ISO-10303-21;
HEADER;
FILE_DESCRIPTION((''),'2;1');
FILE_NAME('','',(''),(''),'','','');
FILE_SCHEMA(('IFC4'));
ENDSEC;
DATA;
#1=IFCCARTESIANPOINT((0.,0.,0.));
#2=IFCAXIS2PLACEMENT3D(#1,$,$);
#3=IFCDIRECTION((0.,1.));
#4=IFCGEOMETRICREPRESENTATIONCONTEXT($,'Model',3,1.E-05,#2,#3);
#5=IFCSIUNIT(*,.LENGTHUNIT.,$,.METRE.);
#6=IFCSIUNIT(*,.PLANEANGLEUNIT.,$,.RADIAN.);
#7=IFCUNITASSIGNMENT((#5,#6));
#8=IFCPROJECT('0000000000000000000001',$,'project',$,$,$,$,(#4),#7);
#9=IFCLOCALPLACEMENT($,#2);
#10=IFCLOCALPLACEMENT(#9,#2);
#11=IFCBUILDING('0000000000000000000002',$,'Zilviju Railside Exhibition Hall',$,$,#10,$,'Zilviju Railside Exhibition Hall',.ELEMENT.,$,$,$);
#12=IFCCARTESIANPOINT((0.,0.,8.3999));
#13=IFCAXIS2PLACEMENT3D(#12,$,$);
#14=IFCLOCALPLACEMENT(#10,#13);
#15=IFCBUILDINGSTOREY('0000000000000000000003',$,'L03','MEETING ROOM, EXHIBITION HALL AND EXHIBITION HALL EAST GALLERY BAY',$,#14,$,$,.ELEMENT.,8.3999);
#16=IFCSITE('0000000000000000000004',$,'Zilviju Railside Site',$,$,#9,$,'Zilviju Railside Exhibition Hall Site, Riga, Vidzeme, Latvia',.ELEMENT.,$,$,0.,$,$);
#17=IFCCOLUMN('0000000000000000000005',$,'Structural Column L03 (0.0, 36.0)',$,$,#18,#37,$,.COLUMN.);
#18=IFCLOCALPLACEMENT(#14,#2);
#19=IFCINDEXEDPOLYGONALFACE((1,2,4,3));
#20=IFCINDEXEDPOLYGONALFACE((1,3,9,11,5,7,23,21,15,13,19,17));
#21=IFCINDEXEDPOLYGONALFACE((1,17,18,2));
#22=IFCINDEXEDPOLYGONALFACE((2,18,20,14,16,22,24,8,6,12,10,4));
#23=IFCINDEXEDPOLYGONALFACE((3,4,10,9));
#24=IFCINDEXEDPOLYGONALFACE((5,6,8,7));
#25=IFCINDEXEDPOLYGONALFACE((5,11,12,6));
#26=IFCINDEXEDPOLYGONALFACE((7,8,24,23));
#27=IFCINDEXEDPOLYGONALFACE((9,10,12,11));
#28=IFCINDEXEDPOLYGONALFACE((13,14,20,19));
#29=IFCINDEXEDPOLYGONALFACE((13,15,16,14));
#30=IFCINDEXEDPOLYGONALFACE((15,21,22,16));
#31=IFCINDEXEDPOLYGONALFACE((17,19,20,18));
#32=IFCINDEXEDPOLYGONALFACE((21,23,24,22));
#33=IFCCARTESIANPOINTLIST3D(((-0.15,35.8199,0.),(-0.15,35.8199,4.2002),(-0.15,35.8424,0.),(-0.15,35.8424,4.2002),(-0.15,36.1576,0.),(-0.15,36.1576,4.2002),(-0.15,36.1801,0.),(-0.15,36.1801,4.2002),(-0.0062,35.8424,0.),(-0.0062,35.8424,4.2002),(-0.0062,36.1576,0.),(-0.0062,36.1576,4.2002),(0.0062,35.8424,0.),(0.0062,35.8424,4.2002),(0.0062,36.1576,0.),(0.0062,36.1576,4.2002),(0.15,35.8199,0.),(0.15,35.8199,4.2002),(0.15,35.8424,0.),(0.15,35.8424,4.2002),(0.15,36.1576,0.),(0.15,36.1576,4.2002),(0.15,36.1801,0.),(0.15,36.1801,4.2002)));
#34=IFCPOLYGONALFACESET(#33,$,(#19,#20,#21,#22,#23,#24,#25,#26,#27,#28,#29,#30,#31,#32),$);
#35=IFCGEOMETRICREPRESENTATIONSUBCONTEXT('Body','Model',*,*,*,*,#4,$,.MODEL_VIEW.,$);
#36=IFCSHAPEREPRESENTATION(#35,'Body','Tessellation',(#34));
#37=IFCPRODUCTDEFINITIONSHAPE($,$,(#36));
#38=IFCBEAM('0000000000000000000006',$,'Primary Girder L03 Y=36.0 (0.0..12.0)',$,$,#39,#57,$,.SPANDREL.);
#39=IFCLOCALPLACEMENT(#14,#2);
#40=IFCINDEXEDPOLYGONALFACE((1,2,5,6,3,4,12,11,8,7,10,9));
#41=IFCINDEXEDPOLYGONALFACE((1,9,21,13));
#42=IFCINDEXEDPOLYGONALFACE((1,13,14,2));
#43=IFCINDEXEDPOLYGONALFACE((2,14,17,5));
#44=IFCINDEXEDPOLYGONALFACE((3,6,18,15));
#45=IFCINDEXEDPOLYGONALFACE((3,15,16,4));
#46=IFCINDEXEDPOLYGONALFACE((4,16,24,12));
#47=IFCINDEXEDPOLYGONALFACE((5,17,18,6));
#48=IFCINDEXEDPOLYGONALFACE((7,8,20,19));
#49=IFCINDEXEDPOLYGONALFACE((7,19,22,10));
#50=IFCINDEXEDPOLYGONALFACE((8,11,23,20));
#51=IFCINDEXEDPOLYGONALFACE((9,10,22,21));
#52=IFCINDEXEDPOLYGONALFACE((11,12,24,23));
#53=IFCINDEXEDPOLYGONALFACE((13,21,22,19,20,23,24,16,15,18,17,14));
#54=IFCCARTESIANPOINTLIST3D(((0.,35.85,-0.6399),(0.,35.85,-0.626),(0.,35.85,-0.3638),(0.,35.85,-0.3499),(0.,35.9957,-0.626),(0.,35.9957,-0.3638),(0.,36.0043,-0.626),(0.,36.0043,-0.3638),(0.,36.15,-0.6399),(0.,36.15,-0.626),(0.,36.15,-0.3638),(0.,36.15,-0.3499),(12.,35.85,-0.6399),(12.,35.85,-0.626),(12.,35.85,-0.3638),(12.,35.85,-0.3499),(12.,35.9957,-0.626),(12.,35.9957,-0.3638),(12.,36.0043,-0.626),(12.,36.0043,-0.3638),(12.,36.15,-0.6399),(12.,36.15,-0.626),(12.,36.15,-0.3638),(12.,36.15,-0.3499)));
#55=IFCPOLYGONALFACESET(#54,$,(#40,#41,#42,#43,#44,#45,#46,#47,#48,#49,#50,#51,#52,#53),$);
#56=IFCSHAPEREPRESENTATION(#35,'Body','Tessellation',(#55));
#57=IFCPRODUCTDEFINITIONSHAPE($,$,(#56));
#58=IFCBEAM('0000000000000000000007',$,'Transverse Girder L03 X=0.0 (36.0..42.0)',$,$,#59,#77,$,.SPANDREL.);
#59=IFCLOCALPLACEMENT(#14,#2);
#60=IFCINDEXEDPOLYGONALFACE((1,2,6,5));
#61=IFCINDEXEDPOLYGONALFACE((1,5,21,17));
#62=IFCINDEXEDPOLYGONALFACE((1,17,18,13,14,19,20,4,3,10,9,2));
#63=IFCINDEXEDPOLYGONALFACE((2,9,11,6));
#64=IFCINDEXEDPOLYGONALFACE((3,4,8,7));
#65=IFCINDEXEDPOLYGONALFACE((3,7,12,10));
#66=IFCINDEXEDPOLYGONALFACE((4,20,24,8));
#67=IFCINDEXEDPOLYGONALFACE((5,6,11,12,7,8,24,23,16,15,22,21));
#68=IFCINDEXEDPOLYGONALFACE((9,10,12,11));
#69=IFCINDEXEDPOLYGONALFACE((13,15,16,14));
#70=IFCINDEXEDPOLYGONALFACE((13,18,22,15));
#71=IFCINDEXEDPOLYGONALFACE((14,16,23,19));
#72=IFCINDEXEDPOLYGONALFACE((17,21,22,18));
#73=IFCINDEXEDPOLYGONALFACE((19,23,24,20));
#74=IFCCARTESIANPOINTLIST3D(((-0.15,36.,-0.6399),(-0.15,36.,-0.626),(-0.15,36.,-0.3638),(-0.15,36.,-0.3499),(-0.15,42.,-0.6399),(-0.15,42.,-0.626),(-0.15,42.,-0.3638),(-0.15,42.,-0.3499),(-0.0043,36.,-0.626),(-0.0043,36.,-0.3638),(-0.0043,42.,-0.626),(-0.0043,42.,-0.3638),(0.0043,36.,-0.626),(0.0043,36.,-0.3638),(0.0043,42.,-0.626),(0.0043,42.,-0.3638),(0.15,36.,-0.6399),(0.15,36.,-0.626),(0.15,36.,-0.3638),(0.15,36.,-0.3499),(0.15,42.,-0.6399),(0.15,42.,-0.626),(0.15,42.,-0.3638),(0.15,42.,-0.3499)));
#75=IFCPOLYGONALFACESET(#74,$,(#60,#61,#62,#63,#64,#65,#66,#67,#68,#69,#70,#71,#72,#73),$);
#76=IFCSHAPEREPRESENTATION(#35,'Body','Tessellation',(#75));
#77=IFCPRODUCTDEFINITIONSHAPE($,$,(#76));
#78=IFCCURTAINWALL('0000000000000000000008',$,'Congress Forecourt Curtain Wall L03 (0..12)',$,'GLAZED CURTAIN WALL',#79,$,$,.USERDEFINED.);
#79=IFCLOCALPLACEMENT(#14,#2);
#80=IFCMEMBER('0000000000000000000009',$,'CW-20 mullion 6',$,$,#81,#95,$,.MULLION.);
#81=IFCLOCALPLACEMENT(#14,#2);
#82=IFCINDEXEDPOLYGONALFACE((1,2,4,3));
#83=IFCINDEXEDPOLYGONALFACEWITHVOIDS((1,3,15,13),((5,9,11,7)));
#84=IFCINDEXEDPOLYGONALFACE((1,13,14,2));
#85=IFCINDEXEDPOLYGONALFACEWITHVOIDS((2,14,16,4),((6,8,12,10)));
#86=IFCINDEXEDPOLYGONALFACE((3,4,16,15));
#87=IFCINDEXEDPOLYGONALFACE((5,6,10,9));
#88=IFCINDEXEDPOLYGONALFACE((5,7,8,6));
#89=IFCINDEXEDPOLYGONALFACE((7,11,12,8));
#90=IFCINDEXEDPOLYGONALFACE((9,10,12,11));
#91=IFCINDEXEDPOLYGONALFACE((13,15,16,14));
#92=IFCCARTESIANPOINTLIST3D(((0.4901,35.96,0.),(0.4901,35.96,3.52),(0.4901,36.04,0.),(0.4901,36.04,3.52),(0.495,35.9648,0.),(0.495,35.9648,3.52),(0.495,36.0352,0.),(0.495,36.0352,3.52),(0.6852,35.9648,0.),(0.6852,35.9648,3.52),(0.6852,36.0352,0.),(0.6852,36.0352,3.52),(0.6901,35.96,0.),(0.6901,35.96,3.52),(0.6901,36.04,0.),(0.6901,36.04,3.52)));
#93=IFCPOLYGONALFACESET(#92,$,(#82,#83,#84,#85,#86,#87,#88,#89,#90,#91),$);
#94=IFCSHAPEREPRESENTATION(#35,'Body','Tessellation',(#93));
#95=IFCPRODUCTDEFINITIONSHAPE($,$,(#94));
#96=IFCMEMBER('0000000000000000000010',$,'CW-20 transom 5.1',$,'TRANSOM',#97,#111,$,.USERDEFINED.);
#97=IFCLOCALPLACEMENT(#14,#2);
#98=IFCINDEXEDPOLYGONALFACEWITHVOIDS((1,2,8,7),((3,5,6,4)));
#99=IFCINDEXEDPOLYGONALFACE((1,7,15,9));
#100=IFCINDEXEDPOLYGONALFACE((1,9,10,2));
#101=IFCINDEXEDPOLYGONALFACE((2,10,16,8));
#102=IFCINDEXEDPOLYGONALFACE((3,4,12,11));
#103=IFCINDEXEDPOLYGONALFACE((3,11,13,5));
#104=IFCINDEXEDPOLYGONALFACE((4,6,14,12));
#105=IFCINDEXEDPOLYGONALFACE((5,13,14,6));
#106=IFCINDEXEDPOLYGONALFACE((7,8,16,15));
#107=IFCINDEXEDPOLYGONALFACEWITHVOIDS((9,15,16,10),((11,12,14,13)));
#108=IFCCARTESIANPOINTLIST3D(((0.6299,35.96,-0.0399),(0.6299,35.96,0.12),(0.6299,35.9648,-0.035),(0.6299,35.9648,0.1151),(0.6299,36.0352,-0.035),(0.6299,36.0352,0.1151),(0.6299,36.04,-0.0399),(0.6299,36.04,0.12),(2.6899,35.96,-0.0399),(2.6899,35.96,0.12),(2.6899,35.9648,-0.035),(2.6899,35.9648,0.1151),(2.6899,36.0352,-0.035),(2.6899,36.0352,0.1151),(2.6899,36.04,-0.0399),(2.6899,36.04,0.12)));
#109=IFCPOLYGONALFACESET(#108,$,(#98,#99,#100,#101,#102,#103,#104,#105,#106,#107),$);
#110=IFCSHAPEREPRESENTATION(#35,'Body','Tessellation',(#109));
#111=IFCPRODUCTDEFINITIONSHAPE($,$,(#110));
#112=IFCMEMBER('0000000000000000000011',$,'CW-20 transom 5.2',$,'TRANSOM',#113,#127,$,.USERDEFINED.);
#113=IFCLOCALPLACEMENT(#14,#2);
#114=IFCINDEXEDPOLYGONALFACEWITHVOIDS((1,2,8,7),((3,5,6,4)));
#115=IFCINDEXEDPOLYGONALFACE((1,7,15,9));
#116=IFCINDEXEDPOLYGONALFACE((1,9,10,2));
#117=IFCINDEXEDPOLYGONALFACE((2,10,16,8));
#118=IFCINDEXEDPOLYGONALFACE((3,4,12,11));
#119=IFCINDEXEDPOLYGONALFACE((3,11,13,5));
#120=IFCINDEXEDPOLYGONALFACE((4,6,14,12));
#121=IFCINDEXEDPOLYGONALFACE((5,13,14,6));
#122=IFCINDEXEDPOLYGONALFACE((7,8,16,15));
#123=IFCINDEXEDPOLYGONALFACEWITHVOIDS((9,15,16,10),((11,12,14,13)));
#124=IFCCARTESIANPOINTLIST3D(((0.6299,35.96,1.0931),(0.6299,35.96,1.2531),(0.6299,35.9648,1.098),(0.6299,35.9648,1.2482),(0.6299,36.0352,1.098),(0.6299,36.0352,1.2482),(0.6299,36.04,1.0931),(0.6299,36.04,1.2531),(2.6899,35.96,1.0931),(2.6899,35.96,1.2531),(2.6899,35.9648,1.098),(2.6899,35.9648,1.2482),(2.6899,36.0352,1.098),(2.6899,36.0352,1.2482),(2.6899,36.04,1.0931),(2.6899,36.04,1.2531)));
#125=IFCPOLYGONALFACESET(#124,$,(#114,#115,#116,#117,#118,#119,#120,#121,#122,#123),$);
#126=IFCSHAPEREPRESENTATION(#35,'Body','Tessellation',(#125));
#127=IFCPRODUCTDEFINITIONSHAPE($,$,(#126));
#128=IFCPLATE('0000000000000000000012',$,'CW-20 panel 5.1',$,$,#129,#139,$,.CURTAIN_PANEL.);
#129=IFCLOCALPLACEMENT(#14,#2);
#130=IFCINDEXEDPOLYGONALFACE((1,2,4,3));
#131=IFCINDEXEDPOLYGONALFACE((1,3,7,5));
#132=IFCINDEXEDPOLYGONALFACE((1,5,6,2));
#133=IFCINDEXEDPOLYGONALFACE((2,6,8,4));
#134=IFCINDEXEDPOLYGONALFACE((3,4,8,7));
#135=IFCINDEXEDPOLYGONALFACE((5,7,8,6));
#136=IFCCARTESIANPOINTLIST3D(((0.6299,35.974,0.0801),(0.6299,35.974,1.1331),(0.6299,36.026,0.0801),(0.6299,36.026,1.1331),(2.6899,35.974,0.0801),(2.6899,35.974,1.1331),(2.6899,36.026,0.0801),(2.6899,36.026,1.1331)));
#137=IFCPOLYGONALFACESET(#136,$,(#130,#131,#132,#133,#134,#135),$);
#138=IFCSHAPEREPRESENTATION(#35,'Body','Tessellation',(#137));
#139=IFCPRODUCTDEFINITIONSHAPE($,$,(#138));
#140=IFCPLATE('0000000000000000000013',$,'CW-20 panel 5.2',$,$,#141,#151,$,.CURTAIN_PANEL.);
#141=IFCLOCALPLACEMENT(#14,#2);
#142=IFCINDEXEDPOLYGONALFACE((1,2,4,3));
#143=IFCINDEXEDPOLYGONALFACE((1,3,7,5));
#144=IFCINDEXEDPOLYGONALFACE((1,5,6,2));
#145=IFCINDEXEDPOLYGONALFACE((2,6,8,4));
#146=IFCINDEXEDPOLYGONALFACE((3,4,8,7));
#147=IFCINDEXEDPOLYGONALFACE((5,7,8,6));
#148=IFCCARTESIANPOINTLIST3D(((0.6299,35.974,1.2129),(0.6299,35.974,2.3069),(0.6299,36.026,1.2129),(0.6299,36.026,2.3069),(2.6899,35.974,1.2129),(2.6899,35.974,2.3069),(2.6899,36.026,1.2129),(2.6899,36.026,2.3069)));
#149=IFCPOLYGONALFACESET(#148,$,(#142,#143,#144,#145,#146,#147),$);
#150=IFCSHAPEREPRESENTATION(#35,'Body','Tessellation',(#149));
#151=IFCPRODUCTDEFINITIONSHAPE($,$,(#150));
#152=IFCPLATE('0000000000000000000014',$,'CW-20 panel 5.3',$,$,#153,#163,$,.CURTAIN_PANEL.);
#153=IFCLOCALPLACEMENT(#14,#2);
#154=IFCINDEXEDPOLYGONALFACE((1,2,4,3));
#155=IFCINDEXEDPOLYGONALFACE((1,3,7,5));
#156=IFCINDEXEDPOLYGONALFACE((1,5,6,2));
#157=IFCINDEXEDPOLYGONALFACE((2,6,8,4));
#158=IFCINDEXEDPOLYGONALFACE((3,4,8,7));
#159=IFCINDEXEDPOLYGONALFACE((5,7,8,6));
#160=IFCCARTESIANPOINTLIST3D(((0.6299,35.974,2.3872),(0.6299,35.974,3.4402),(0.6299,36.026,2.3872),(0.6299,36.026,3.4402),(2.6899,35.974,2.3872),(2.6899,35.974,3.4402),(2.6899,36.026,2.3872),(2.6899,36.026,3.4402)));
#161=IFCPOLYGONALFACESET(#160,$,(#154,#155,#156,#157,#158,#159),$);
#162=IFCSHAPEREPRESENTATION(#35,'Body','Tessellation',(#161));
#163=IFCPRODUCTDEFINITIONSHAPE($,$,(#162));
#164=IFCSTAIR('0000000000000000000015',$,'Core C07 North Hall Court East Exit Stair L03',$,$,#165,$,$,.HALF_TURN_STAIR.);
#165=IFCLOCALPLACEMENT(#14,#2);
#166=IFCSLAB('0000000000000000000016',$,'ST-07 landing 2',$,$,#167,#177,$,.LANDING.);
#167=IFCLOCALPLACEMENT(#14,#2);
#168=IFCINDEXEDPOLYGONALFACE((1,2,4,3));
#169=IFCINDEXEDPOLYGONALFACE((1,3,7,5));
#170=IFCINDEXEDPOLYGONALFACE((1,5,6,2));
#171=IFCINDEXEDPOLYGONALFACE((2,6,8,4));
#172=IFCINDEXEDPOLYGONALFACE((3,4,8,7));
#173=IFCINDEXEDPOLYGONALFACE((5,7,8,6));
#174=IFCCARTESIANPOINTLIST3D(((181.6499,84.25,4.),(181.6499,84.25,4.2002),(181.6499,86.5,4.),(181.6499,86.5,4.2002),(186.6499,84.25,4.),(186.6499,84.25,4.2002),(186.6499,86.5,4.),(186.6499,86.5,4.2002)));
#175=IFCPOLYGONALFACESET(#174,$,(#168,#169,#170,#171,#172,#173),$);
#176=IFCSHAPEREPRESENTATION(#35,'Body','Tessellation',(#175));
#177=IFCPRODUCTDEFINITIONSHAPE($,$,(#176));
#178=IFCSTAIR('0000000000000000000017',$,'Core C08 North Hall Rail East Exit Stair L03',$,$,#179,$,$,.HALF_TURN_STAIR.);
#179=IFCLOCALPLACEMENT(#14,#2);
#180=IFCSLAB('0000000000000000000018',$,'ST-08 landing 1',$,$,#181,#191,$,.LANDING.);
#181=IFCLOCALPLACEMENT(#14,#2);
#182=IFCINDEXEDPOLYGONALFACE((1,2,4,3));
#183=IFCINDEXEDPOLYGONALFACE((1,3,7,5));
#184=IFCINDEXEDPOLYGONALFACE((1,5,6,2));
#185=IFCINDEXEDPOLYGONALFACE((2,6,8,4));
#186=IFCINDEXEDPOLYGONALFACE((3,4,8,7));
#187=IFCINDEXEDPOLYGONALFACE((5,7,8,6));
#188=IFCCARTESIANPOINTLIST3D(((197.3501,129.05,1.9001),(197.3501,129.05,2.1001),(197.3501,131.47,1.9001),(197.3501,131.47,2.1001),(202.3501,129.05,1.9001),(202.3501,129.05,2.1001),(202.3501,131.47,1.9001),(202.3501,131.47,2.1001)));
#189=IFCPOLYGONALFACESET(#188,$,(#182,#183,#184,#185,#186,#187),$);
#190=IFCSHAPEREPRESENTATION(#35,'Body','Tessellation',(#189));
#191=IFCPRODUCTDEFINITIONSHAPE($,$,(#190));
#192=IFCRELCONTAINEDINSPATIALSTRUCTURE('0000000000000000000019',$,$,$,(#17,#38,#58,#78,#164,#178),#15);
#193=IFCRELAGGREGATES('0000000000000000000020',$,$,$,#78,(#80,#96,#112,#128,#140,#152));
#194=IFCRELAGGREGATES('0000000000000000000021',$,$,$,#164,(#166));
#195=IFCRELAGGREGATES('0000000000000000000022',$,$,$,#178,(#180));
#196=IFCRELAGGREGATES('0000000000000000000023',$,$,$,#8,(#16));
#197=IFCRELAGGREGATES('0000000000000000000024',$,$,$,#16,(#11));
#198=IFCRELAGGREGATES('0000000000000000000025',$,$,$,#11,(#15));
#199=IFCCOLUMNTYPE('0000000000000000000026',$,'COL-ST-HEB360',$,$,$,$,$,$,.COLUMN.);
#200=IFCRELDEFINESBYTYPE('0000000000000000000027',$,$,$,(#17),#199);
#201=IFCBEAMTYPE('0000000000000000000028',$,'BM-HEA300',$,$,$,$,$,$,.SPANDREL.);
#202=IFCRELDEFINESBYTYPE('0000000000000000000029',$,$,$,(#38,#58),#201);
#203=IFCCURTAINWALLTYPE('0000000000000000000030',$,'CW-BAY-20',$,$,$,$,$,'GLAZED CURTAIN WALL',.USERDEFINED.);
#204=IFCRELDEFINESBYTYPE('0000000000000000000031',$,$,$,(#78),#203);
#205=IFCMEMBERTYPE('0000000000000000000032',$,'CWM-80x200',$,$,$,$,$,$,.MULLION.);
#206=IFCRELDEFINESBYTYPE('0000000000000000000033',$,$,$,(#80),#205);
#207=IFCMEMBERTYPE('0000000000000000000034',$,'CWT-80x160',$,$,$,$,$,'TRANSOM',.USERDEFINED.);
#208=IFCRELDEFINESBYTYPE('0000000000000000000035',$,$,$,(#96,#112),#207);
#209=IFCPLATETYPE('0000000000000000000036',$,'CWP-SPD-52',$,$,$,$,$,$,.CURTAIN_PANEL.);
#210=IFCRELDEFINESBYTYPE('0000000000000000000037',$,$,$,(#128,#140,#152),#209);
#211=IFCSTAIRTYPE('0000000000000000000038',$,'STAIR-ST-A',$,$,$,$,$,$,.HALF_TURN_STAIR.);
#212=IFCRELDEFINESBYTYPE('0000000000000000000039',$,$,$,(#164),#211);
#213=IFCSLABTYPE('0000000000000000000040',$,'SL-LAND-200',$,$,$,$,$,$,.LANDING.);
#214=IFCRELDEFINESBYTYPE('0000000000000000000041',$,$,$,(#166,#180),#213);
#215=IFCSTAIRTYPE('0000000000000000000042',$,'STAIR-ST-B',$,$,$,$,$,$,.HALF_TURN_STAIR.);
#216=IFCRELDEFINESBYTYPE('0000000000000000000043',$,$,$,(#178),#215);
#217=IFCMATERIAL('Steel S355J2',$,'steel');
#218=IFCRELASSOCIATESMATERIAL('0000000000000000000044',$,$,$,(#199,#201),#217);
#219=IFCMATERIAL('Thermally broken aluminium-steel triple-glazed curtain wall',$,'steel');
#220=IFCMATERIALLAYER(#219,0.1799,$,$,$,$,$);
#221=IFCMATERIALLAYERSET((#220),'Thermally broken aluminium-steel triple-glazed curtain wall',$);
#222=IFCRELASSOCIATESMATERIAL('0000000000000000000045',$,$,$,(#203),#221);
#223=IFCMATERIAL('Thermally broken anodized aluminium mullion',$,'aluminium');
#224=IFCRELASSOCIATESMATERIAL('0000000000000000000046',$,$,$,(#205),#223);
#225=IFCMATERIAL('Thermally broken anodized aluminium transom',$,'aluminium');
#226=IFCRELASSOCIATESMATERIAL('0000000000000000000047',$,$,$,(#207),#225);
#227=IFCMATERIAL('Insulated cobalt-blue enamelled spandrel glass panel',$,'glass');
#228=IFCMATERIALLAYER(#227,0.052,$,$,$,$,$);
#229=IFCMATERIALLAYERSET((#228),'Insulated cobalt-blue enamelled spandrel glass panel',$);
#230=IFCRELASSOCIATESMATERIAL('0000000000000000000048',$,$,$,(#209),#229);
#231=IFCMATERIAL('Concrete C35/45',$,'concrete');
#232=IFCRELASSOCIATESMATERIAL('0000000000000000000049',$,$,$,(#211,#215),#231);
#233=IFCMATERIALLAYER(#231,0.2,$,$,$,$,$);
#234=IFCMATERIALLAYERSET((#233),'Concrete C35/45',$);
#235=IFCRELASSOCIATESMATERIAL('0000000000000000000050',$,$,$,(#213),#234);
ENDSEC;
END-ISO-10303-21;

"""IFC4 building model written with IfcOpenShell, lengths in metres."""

from ifc_helpers import new_model, si_unit, direction, frame, origin, origin_2d, place, context, subcontext, project, spatial, polyline, rectangle, hollow_rectangle, i_section, outline, extrude, material, layer, layer_set, material_profile, profile_set, type_object, element, aggregate, save


model = new_model("IFC4")

# Units and contexts
model_context = context("Model", 3, precision=1e-05, world=origin(), true_north=direction((0.0, 1.0)))
body_context = subcontext(model_context, "Body", "Model", "MODEL_VIEW")
ifc_project = project(units=[si_unit("LENGTHUNIT", "METRE"), si_unit("PLANEANGLEUNIT", "RADIAN")], contexts=[model_context])

# Site, building, storey
site_placement = place(None, origin())
site = spatial("IfcSite", under=ifc_project, at=site_placement, Name="Zilviju Railside Site", LongName="Zilviju Railside Exhibition Hall Site, Riga, Vidzeme, Latvia", CompositionType="ELEMENT", RefElevation=0.0)
building_placement = place(site_placement, origin())
building = spatial("IfcBuilding", under=site, at=building_placement, Name="Zilviju Railside Exhibition Hall", LongName="Zilviju Railside Exhibition Hall", CompositionType="ELEMENT")
storey_placement = place(building_placement, frame((0.0, 0.0, 8.3999)))
storey = spatial("IfcBuildingStorey", under=building, at=storey_placement, Name="L03", Description="MEETING ROOM, EXHIBITION HALL AND EXHIBITION HALL EAST GALLERY BAY", CompositionType="ELEMENT", Elevation=8.3999)

# Column
ifc_material_1 = material(Name="Steel S355J2", Category="steel")
ifc_material_profile_1 = material_profile(ifc_material_1, i_section(OverallWidth=0.3, OverallDepth=0.3601, WebThickness=0.0125, FlangeThickness=0.0225, at=origin_2d()), Name="HEB 360")
ifc_profile_set_1 = profile_set([ifc_material_profile_1], Name="Steel S355J2")
column_type = type_object("IfcColumnType", Name="COL-ST-HEB360", PredefinedType="COLUMN", material=ifc_profile_set_1)
column_placement = place(storey_placement, frame((0.0, 36.0, 0.0), z_axis=(0.0, 0.0, 1.0), x_axis=(1.0, 0.0, 0.0)))
element("IfcColumn", 1, at=column_placement, inside=storey, type_object=column_type, Name="Structural Column L03 (0.0, 36.0)", PredefinedType="COLUMN", context=body_context, shape_type="SweptSolid", body=[
    extrude(i_section(OverallWidth=0.3, OverallDepth=0.3601, WebThickness=0.0125, FlangeThickness=0.0225, at=origin_2d()), origin(), (0.0, 0.0, 1.0), 4.2002),
])

# Beams
ifc_material_profile_2 = material_profile(ifc_material_1, i_section(OverallWidth=0.3, OverallDepth=0.29, WebThickness=0.0085, FlangeThickness=0.0139, at=origin_2d()), Name="HEA 300")
ifc_profile_set_2 = profile_set([ifc_material_profile_2], Name="Steel S355J2")
beam_type = type_object("IfcBeamType", Name="BM-HEA300", PredefinedType="SPANDREL", material=ifc_profile_set_2)
beam_1_placement = place(storey_placement, frame((0.0, 36.0, -0.4949), z_axis=(1.0, 0.0, 0.0), x_axis=(0.0, 1.0, 0.0)))
element("IfcBeam", 2, at=beam_1_placement, inside=storey, type_object=beam_type, Name="Primary Girder L03 Y=36.0 (0.0..12.0)", PredefinedType="SPANDREL", context=body_context, shape_type="SweptSolid", body=[
    extrude(i_section(OverallWidth=0.3, OverallDepth=0.29, WebThickness=0.0085, FlangeThickness=0.0139, at=origin_2d()), origin(), (0.0, 0.0, 1.0), 12.0),
])
beam_2_placement = place(storey_placement, frame((0.0, 36.0, -0.4949), z_axis=(0.0, 1.0, 0.0), x_axis=(-1.0, 0.0, 0.0)))
element("IfcBeam", 3, at=beam_2_placement, inside=storey, type_object=beam_type, Name="Transverse Girder L03 X=0.0 (36.0..42.0)", PredefinedType="SPANDREL", context=body_context, shape_type="SweptSolid", body=[
    extrude(i_section(OverallWidth=0.3, OverallDepth=0.29, WebThickness=0.0085, FlangeThickness=0.0139, at=origin_2d()), origin(), (0.0, 0.0, 1.0), 6.0),
])

# Curtain wall, members, plates
ifc_material_2 = material(Name="Thermally broken aluminium-steel triple-glazed curtain wall", Category="steel")
ifc_layer_1 = layer(ifc_material_2, 0.1799)
ifc_layer_set_1 = layer_set([ifc_layer_1], Name="Thermally broken aluminium-steel triple-glazed curtain wall")
curtain_wall_type = type_object("IfcCurtainWallType", Name="CW-BAY-20", ElementType="GLAZED CURTAIN WALL", PredefinedType="USERDEFINED", material=ifc_layer_set_1)
curtain_wall_placement = place(storey_placement, origin())
curtain_wall = element("IfcCurtainWall", 4, at=curtain_wall_placement, inside=storey, type_object=curtain_wall_type, Name="Congress Forecourt Curtain Wall L03 (0..12)", ObjectType="GLAZED CURTAIN WALL", PredefinedType="USERDEFINED")
ifc_material_3 = material(Name="Thermally broken anodized aluminium mullion", Category="aluminium")
ifc_material_profile_3 = material_profile(ifc_material_3, hollow_rectangle(XDim=0.0801, YDim=0.2, WallThickness=0.0049, at=origin_2d()), Name="MULLION 200x80x5")
ifc_profile_set_3 = profile_set([ifc_material_profile_3], Name="Thermally broken anodized aluminium mullion")
member_type_1 = type_object("IfcMemberType", Name="CWM-80x200", PredefinedType="MULLION", material=ifc_profile_set_3)
member_1_placement = place(storey_placement, frame((0.5901, 36.0, 0.0), z_axis=(0.0, 0.0, 1.0), x_axis=(0.0, -1.0, 0.0)))
member_1 = element("IfcMember", 5, at=member_1_placement, type_object=member_type_1, Name="CW-20 mullion 6", PredefinedType="MULLION", context=body_context, shape_type="SweptSolid", body=[
    extrude(hollow_rectangle(XDim=0.0801, YDim=0.2, WallThickness=0.0049, at=origin_2d()), origin(), (0.0, 0.0, 1.0), 3.52),
])
ifc_material_4 = material(Name="Thermally broken anodized aluminium transom", Category="aluminium")
ifc_material_profile_4 = material_profile(ifc_material_4, hollow_rectangle(XDim=0.0801, YDim=0.1599, WallThickness=0.0049, at=origin_2d()), Name="TRANSOM 160x80x5")
ifc_profile_set_4 = profile_set([ifc_material_profile_4], Name="Thermally broken anodized aluminium transom")
member_type_2 = type_object("IfcMemberType", Name="CWT-80x160", ElementType="TRANSOM", PredefinedType="USERDEFINED", material=ifc_profile_set_4)
member_2_placement = place(storey_placement, frame((2.6899, 36.0, 0.04), z_axis=(-1.0, 0.0, 0.0), x_axis=(0.0, -1.0, 0.0)))
member_2 = element("IfcMember", 6, at=member_2_placement, type_object=member_type_2, Name="CW-20 transom 5.1", ObjectType="TRANSOM", PredefinedType="USERDEFINED", context=body_context, shape_type="SweptSolid", body=[
    extrude(hollow_rectangle(XDim=0.0801, YDim=0.1599, WallThickness=0.0049, at=origin_2d()), origin(), (0.0, 0.0, 1.0), 2.0601),
])
member_3_placement = place(storey_placement, frame((2.6899, 36.0, 1.1731), z_axis=(-1.0, 0.0, 0.0), x_axis=(0.0, -1.0, 0.0)))
member_3 = element("IfcMember", 7, at=member_3_placement, type_object=member_type_2, Name="CW-20 transom 5.2", ObjectType="TRANSOM", PredefinedType="USERDEFINED", context=body_context, shape_type="SweptSolid", body=[
    extrude(hollow_rectangle(XDim=0.0801, YDim=0.1599, WallThickness=0.0049, at=origin_2d()), origin(), (0.0, 0.0, 1.0), 2.0601),
])
ifc_material_5 = material(Name="Insulated cobalt-blue enamelled spandrel glass panel", Category="glass")
ifc_layer_2 = layer(ifc_material_5, 0.052)
ifc_layer_set_2 = layer_set([ifc_layer_2], Name="Insulated cobalt-blue enamelled spandrel glass panel")
plate_type = type_object("IfcPlateType", Name="CWP-SPD-52", PredefinedType="CURTAIN_PANEL", material=ifc_layer_set_2)
plate_1_placement = place(storey_placement, frame((1.6599, 36.0, 0.0801), z_axis=(0.0, 0.0, 1.0), x_axis=(-1.0, 0.0, 0.0)))
plate_1 = element("IfcPlate", 8, at=plate_1_placement, type_object=plate_type, Name="CW-20 panel 5.1", PredefinedType="CURTAIN_PANEL", context=body_context, shape_type="SweptSolid", body=[
    extrude(rectangle(XDim=2.0601, YDim=0.052, at=origin_2d()), origin(), (0.0, 0.0, 1.0), 1.053),
])
plate_2_placement = place(storey_placement, frame((1.6599, 36.0, 1.2129), z_axis=(0.0, 0.0, 1.0), x_axis=(-1.0, 0.0, 0.0)))
plate_2 = element("IfcPlate", 9, at=plate_2_placement, type_object=plate_type, Name="CW-20 panel 5.2", PredefinedType="CURTAIN_PANEL", context=body_context, shape_type="SweptSolid", body=[
    extrude(rectangle(XDim=2.0601, YDim=0.052, at=origin_2d()), origin(), (0.0, 0.0, 1.0), 1.094),
])
plate_3_placement = place(storey_placement, frame((1.6599, 36.0, 2.3872), z_axis=(0.0, 0.0, 1.0), x_axis=(-1.0, 0.0, 0.0)))
plate_3 = element("IfcPlate", 10, at=plate_3_placement, type_object=plate_type, Name="CW-20 panel 5.3", PredefinedType="CURTAIN_PANEL", context=body_context, shape_type="SweptSolid", body=[
    extrude(rectangle(XDim=2.0601, YDim=0.052, at=origin_2d()), origin(), (0.0, 0.0, 1.0), 1.053),
])
aggregate(curtain_wall, [member_1, member_2, member_3, plate_1, plate_2, plate_3])

# Stair, slab
ifc_material_6 = material(Name="Concrete C35/45", Category="concrete")
stair_type_1 = type_object("IfcStairType", Name="STAIR-ST-A", PredefinedType="HALF_TURN_STAIR", material=ifc_material_6)
stair_1_placement = place(storey_placement, origin())
stair_1 = element("IfcStair", 11, at=stair_1_placement, inside=storey, type_object=stair_type_1, Name="Core C07 North Hall Court East Exit Stair L03", PredefinedType="HALF_TURN_STAIR")
ifc_layer_3 = layer(ifc_material_6, 0.2)
ifc_layer_set_3 = layer_set([ifc_layer_3], Name="Concrete C35/45")
slab_type = type_object("IfcSlabType", Name="SL-LAND-200", PredefinedType="LANDING", material=ifc_layer_set_3)
slab_1_placement = place(storey_placement, frame((0.0, 0.0, 4.0)))
slab_1 = element("IfcSlab", 12, at=slab_1_placement, type_object=slab_type, Name="ST-07 landing 2", PredefinedType="LANDING", context=body_context, shape_type="SweptSolid", body=[
    extrude(outline(polyline([(181.6499, 84.25), (186.6499, 84.25), (186.6499, 86.5), (181.6499, 86.5), (181.6499, 84.25)])), origin(), (0.0, 0.0, 1.0), 0.2002),
])
aggregate(stair_1, [slab_1])

# Stair, slab
stair_type_2 = type_object("IfcStairType", Name="STAIR-ST-B", PredefinedType="HALF_TURN_STAIR", material=ifc_material_6)
stair_2_placement = place(storey_placement, origin())
stair_2 = element("IfcStair", 13, at=stair_2_placement, inside=storey, type_object=stair_type_2, Name="Core C08 North Hall Rail East Exit Stair L03", PredefinedType="HALF_TURN_STAIR")
slab_2_placement = place(storey_placement, frame((0.0, 0.0, 1.9001)))
slab_2 = element("IfcSlab", 14, at=slab_2_placement, type_object=slab_type, Name="ST-08 landing 1", PredefinedType="LANDING", context=body_context, shape_type="SweptSolid", body=[
    extrude(outline(polyline([(202.3501, 131.47), (197.3501, 131.47), (197.3501, 129.05), (202.3501, 129.05), (202.3501, 131.47)])), origin(), (0.0, 0.0, 1.0), 0.2),
])
aggregate(stair_2, [slab_2])

save(model, "model.ifc")
